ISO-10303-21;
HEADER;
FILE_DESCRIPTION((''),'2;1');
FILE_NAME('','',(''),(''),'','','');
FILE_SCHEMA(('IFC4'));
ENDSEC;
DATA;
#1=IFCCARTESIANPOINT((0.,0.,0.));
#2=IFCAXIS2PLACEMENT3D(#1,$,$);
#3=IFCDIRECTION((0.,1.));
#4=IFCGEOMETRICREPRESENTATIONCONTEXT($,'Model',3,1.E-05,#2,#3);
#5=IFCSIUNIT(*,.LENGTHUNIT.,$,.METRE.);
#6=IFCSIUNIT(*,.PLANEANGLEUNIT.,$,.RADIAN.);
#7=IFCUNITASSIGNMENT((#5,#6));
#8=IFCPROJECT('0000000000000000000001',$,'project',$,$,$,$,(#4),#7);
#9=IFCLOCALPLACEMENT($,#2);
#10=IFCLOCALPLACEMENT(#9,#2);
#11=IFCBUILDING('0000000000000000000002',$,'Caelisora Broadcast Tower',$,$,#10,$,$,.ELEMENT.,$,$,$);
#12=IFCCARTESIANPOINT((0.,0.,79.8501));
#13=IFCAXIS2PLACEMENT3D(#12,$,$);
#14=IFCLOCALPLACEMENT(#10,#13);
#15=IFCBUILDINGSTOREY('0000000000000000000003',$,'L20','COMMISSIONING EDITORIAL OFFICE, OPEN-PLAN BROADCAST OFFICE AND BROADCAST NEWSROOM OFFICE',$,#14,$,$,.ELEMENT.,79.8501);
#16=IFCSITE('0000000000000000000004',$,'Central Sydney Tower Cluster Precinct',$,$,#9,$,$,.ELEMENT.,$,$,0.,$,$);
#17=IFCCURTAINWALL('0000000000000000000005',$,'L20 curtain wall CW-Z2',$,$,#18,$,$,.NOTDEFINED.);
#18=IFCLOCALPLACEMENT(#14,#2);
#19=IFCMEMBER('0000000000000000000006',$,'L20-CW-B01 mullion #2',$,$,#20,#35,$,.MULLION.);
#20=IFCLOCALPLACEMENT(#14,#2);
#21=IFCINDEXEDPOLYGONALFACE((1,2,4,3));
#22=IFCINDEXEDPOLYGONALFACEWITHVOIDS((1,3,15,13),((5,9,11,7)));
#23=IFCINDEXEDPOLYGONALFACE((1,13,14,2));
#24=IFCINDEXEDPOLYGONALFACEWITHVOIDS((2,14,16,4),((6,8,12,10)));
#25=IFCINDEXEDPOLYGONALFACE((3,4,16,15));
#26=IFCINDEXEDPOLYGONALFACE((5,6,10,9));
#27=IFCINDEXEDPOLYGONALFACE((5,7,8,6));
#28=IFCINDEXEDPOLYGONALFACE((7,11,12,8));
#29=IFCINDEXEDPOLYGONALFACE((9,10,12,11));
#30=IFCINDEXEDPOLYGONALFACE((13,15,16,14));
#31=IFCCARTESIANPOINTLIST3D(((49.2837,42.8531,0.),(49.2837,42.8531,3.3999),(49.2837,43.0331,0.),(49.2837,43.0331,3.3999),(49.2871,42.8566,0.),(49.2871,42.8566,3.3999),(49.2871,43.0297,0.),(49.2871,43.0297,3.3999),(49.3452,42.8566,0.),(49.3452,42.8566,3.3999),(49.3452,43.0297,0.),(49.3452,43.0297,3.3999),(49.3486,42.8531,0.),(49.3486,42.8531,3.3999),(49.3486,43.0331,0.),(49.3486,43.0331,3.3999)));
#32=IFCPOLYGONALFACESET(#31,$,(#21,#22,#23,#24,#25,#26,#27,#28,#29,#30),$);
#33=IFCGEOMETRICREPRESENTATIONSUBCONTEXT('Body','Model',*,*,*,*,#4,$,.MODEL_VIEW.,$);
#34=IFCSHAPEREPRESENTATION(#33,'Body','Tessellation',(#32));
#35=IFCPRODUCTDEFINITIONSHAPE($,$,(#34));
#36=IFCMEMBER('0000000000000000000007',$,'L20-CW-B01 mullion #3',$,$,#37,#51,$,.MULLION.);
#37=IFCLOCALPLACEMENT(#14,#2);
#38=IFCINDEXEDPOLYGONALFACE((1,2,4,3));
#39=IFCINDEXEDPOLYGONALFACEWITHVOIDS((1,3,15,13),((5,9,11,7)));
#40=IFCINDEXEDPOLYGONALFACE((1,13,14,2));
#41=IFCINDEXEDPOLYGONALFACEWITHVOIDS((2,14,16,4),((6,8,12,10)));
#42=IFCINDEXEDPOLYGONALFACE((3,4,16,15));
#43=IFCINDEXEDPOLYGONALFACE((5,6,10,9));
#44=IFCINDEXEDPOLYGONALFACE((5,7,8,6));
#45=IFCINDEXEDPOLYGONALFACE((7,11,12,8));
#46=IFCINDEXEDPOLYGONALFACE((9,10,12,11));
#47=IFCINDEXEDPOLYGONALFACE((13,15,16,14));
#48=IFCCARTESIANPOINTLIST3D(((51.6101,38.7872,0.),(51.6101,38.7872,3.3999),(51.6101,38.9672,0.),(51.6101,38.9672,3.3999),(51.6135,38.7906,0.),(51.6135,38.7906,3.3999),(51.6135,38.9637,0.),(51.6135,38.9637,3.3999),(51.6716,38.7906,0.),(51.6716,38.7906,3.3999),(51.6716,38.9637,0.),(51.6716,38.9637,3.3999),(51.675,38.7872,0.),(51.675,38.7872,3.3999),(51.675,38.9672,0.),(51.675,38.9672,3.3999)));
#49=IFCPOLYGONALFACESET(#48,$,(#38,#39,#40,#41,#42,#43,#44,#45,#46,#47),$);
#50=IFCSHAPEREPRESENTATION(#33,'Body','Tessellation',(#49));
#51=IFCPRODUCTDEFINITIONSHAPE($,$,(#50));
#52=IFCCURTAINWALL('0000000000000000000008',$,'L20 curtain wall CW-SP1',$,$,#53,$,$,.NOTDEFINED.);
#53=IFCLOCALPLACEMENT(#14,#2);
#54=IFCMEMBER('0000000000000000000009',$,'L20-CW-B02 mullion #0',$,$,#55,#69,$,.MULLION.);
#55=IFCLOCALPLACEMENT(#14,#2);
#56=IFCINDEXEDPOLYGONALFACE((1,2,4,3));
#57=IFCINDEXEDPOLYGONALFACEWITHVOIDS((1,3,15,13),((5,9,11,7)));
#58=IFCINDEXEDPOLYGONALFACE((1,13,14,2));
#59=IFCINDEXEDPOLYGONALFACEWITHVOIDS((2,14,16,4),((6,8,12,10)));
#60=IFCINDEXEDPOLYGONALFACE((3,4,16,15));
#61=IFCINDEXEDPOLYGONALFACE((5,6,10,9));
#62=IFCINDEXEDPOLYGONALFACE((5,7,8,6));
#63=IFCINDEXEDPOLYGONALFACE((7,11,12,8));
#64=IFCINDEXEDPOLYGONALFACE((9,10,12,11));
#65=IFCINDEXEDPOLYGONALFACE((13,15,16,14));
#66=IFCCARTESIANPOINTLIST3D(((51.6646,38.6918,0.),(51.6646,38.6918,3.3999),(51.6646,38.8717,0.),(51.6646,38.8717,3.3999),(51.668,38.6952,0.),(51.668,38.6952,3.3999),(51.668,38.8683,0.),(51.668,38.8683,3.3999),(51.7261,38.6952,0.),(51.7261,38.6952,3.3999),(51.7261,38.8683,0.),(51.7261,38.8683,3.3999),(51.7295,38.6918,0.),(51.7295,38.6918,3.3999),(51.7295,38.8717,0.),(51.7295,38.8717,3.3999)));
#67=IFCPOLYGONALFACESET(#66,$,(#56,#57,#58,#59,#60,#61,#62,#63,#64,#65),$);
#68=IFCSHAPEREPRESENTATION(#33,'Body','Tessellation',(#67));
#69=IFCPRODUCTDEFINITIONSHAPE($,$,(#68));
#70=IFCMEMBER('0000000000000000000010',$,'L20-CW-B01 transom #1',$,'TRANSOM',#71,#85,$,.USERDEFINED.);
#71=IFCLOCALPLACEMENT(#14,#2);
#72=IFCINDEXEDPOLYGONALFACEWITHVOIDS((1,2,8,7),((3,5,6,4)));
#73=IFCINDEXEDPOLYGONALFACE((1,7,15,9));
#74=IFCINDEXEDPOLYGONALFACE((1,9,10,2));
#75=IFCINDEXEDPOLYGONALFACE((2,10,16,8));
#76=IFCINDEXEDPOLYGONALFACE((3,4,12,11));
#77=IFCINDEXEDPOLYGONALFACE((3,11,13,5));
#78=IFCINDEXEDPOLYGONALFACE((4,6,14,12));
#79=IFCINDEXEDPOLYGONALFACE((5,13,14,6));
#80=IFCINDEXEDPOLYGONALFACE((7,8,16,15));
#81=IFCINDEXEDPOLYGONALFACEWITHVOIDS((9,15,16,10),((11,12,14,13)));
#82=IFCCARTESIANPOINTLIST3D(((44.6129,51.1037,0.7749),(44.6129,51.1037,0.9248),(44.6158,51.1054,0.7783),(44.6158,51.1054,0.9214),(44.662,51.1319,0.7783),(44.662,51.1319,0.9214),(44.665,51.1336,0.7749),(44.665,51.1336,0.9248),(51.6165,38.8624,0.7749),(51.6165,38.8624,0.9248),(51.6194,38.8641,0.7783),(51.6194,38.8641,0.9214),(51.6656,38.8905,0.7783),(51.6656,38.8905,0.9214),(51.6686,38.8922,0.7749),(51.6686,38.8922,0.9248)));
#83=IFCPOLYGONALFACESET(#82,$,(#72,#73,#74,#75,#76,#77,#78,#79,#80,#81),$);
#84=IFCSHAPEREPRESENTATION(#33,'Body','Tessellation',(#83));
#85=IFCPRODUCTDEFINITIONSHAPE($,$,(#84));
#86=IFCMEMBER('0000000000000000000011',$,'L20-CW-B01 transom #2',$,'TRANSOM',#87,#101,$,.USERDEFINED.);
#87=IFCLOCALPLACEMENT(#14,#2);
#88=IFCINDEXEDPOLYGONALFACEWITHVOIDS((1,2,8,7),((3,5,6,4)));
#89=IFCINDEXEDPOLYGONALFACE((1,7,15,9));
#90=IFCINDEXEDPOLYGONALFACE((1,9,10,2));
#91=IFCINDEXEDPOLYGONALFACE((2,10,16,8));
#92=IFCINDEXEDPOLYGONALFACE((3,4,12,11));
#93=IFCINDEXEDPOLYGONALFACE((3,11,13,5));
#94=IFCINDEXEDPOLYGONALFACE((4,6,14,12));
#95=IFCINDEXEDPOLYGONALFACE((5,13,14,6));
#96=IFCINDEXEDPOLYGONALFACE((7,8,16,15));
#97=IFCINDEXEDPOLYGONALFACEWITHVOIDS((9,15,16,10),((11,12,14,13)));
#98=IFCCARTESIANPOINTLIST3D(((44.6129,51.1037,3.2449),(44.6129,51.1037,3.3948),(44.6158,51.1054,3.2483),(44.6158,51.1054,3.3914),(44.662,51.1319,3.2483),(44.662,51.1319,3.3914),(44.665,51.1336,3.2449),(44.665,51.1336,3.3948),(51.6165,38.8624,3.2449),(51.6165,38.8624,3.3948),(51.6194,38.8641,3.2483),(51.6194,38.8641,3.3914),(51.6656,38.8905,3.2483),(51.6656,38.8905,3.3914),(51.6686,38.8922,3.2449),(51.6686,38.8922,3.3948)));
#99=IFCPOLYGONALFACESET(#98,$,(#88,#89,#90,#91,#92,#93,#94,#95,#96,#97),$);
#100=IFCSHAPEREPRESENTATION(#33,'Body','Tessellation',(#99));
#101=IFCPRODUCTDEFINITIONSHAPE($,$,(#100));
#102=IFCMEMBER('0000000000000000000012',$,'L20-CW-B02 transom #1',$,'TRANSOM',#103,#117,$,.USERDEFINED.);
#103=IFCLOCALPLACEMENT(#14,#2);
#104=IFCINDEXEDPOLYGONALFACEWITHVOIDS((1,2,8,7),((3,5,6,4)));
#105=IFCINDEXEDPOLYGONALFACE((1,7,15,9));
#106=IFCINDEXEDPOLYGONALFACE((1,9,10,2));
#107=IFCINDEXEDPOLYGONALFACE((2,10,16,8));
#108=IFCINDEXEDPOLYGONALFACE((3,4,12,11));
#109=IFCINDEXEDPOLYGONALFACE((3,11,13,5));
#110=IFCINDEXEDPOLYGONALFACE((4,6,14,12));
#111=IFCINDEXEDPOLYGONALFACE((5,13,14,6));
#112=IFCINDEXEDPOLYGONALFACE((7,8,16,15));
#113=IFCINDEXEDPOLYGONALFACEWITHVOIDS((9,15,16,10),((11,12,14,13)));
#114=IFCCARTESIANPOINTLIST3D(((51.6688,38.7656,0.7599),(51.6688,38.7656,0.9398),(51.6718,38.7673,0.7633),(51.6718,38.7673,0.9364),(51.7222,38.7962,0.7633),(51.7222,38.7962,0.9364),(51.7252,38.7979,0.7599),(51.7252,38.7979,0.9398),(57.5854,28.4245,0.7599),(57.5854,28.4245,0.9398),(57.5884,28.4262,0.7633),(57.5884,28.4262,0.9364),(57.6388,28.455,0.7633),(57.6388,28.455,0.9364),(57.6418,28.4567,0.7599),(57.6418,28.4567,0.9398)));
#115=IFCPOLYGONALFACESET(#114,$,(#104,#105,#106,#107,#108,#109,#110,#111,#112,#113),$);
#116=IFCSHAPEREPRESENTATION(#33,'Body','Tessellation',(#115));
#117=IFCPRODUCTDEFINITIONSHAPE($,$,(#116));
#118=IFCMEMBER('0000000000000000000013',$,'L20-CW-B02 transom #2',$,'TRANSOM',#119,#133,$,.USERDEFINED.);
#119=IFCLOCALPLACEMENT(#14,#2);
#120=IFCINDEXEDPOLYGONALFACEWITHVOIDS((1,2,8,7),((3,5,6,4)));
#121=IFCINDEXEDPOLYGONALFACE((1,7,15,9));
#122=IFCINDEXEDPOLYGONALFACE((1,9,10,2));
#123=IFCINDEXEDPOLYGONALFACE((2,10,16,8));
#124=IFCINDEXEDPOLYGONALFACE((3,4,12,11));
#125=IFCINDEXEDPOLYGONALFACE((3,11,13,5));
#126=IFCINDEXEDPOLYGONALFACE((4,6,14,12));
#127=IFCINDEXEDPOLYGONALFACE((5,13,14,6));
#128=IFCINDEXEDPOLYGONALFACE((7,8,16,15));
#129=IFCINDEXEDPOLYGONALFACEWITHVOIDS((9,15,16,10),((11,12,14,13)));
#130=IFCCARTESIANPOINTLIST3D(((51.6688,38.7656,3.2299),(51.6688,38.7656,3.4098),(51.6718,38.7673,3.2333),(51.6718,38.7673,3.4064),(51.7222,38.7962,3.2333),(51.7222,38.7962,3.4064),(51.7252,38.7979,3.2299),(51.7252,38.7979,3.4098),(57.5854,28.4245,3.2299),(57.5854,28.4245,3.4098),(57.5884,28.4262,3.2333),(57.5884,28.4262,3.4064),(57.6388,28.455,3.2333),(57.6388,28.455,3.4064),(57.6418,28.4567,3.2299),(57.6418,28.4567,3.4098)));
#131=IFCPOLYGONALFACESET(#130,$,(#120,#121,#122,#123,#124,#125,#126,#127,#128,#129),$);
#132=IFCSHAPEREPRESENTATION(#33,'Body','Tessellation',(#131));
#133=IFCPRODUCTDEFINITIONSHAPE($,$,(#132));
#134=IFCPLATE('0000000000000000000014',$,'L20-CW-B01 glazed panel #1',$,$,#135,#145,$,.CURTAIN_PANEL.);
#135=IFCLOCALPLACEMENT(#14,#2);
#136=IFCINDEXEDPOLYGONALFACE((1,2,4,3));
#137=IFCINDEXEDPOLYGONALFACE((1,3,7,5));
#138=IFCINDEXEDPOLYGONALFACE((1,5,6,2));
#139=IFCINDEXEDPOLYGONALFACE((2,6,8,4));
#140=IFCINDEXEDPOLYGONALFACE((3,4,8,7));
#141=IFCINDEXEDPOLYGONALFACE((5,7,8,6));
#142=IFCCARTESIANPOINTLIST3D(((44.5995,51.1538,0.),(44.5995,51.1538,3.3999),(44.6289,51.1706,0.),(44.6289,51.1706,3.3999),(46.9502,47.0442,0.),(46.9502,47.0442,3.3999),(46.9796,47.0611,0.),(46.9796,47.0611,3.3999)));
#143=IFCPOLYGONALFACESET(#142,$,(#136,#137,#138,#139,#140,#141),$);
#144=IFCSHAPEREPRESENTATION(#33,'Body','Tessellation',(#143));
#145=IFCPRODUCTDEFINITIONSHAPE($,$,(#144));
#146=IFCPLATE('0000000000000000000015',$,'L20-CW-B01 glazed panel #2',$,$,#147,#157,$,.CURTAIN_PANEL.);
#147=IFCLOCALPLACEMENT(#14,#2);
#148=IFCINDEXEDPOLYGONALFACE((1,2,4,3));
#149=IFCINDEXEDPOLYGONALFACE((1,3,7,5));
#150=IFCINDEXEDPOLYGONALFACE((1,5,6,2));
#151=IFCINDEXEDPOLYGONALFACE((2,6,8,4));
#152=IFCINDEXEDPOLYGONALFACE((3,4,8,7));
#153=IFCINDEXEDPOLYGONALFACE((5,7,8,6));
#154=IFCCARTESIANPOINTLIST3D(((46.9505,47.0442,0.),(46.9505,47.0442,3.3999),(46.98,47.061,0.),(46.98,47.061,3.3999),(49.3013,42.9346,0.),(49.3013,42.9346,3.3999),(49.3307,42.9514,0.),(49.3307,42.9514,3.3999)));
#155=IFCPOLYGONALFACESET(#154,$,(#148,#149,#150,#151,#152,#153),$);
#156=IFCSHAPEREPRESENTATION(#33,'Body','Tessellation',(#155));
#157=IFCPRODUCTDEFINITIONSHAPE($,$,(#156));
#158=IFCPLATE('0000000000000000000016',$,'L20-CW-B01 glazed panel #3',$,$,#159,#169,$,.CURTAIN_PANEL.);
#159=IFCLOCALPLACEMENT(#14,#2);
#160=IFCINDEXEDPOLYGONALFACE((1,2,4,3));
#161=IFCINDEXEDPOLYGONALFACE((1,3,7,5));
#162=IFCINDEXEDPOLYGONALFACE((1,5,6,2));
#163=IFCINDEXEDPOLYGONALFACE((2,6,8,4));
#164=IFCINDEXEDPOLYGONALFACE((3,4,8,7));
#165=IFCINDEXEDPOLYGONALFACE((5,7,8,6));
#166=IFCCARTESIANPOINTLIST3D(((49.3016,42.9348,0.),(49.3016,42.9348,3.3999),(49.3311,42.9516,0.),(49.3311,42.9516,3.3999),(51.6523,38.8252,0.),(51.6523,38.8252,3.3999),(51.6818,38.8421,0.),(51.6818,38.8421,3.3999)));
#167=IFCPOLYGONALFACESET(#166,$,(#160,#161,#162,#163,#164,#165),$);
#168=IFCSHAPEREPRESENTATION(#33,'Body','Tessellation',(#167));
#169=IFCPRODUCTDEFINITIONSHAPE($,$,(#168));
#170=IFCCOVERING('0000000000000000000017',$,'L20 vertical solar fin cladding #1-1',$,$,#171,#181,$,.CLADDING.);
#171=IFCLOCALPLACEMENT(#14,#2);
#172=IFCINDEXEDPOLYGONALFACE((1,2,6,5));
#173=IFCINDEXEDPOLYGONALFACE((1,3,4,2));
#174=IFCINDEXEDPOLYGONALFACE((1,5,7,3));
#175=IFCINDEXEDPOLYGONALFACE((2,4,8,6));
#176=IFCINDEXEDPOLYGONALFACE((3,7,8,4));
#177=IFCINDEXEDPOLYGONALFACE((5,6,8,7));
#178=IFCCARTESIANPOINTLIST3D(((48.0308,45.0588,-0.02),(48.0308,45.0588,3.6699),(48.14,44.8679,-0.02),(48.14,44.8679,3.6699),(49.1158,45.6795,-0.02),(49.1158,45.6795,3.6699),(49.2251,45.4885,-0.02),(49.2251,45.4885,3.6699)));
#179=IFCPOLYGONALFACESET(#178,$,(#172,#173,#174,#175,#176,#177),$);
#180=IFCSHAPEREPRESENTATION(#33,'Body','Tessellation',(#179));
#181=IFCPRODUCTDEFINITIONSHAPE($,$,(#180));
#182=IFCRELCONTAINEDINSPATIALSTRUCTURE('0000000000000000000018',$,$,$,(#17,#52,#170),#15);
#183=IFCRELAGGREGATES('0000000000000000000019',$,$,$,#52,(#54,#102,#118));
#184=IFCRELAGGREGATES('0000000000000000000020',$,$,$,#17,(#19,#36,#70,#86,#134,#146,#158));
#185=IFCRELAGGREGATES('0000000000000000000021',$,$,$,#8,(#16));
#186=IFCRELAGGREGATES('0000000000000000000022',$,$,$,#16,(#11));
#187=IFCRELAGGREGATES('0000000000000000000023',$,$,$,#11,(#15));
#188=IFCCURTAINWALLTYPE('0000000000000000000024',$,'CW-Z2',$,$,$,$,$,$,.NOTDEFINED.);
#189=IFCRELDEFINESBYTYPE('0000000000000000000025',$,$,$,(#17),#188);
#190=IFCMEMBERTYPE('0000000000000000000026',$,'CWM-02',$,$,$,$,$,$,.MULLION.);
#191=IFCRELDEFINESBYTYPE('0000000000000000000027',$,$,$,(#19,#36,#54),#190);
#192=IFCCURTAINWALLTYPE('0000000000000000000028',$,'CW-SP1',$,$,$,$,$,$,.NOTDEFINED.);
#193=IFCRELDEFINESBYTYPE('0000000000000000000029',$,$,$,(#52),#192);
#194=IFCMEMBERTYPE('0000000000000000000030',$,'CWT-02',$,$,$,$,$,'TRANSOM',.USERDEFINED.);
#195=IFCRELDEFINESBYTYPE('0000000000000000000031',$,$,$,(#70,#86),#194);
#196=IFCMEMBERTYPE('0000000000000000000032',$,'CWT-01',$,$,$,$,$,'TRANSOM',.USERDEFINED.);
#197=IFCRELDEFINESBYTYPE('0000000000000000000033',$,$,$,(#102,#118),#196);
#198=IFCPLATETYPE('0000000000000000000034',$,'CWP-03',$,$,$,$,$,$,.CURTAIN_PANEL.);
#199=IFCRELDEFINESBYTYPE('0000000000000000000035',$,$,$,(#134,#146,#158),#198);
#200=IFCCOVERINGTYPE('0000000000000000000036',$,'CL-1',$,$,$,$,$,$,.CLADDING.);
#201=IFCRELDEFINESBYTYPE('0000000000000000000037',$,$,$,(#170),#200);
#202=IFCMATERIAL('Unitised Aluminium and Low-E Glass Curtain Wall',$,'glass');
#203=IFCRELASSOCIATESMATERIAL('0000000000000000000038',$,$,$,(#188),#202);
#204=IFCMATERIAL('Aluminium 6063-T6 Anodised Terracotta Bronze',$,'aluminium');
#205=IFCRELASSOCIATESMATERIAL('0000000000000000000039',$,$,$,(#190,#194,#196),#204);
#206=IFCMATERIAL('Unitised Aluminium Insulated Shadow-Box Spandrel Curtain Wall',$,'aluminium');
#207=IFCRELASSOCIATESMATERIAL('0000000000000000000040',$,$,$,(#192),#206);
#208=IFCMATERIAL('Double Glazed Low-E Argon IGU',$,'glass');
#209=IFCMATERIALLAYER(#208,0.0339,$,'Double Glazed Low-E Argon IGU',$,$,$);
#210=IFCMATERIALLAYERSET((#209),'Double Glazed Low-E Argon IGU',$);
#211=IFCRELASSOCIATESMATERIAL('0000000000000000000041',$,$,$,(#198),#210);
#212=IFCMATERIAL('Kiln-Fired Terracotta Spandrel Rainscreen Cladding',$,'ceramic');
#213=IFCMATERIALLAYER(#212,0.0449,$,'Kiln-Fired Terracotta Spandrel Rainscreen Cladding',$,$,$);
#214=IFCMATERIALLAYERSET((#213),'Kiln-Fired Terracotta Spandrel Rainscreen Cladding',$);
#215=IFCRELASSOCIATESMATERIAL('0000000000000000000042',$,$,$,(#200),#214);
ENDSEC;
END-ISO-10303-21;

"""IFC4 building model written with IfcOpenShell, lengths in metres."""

from ifc_helpers import new_model, si_unit, direction, frame, origin, origin_2d, place, context, subcontext, project, spatial, rectangle, hollow_rectangle, extrude, source, transform, mapped, material, layer, layer_set, material_profile, profile_set, type_object, type_shapes, element, aggregate, save


model = new_model("IFC4")

# Units and contexts
model_context = context("Model", 3, precision=1e-05, world=origin(), true_north=direction((0.0, 1.0)))
body_context = subcontext(model_context, "Body", "Model", "MODEL_VIEW")
ifc_project = project(units=[si_unit("LENGTHUNIT", "METRE"), si_unit("PLANEANGLEUNIT", "RADIAN")], contexts=[model_context])

# Site, building, storey
site_placement = place(None, origin())
site = spatial("IfcSite", under=ifc_project, at=site_placement, Name="Central Sydney Tower Cluster Precinct", CompositionType="ELEMENT", RefElevation=0.0)
building_placement = place(site_placement, origin())
building = spatial("IfcBuilding", under=site, at=building_placement, Name="Caelisora Broadcast Tower", CompositionType="ELEMENT")
storey_placement = place(building_placement, frame((0.0, 0.0, 79.8501)))
storey = spatial("IfcBuildingStorey", under=building, at=storey_placement, Name="L20", Description="COMMISSIONING EDITORIAL OFFICE, OPEN-PLAN BROADCAST OFFICE AND BROADCAST NEWSROOM OFFICE", CompositionType="ELEMENT", Elevation=79.8501)

# Curtain wall, members
ifc_material_1 = material(Name="Unitised Aluminium and Low-E Glass Curtain Wall", Category="glass")
curtain_wall_type_1 = type_object("IfcCurtainWallType", Name="CW-Z2", PredefinedType="NOTDEFINED", material=ifc_material_1)
curtain_wall_1_placement = place(storey_placement, origin())
curtain_wall_1 = element("IfcCurtainWall", 1, at=curtain_wall_1_placement, inside=storey, type_object=curtain_wall_type_1, Name="L20 curtain wall CW-Z2", PredefinedType="NOTDEFINED")
ifc_material_2 = material(Name="Aluminium 6063-T6 Anodised Terracotta Bronze", Category="aluminium")
ifc_material_profile_1 = material_profile(ifc_material_2, hollow_rectangle(XDim=0.0649, YDim=0.1799, WallThickness=0.0034, at=origin_2d()), Name="Aluminium 6063-T6 Anodised Terracotta Bronze")
ifc_profile_set_1 = profile_set([ifc_material_profile_1], Name="Aluminium 6063-T6 Anodised Terracotta Bronze")
member_type_1 = type_object("IfcMemberType", Name="CWM-02", PredefinedType="MULLION", material=ifc_profile_set_1)
shared_shape_1 = source(origin(), body_context, "Body", "SweptSolid", [
    extrude(hollow_rectangle(XDim=0.0649, YDim=0.1799, WallThickness=0.0034, at=origin_2d()), origin(), (0.0, 0.0, 1.0), 3.3999),
])
type_shapes(member_type_1, [shared_shape_1])
member_1_placement = place(storey_placement, frame((49.3162, 42.9431, 0.0), z_axis=(0.0, 0.0, 1.0), x_axis=(1.0, 0.0, 0.0)))
member_1 = element("IfcMember", 2, at=member_1_placement, type_object=member_type_1, Name="L20-CW-B01 mullion #2", PredefinedType="MULLION", context=body_context, shape_type="MappedRepresentation", body=[
    mapped(shared_shape_1, transform((0.0, 0.0, 0.0), scale=1.0)),
])
member_2_placement = place(storey_placement, frame((51.6426, 38.8772, 0.0), z_axis=(0.0, 0.0, 1.0), x_axis=(1.0, 0.0, 0.0)))
member_2 = element("IfcMember", 3, at=member_2_placement, type_object=member_type_1, Name="L20-CW-B01 mullion #3", PredefinedType="MULLION", context=body_context, shape_type="MappedRepresentation", body=[
    mapped(shared_shape_1, transform((0.0, 0.0, 0.0), scale=1.0)),
])

# Curtain wall, member
ifc_material_3 = material(Name="Unitised Aluminium Insulated Shadow-Box Spandrel Curtain Wall", Category="aluminium")
curtain_wall_type_2 = type_object("IfcCurtainWallType", Name="CW-SP1", PredefinedType="NOTDEFINED", material=ifc_material_3)
curtain_wall_2_placement = place(storey_placement, origin())
curtain_wall_2 = element("IfcCurtainWall", 4, at=curtain_wall_2_placement, inside=storey, type_object=curtain_wall_type_2, Name="L20 curtain wall CW-SP1", PredefinedType="NOTDEFINED")
member_3_placement = place(storey_placement, frame((51.697, 38.7817, 0.0), z_axis=(0.0, 0.0, 1.0), x_axis=(1.0, 0.0, 0.0)))
member_3 = element("IfcMember", 5, at=member_3_placement, type_object=member_type_1, Name="L20-CW-B02 mullion #0", PredefinedType="MULLION", context=body_context, shape_type="MappedRepresentation", body=[
    mapped(shared_shape_1, transform((0.0, 0.0, 0.0), scale=1.0)),
])

# Members
ifc_material_profile_2 = material_profile(ifc_material_2, hollow_rectangle(XDim=0.0601, YDim=0.1499, WallThickness=0.0034, at=origin_2d()), Name="Aluminium 6063-T6 Anodised Terracotta Bronze")
ifc_profile_set_2 = profile_set([ifc_material_profile_2], Name="Aluminium 6063-T6 Anodised Terracotta Bronze")
member_type_2 = type_object("IfcMemberType", Name="CWT-02", ElementType="TRANSOM", PredefinedType="USERDEFINED", material=ifc_profile_set_2)
shared_shape_2 = source(origin(), body_context, "Body", "SweptSolid", [
    extrude(hollow_rectangle(XDim=0.0601, YDim=0.1499, WallThickness=0.0034, at=origin_2d()), origin(), (0.0, 0.0, 1.0), 14.1033),
])
type_shapes(member_type_2, [shared_shape_2])
member_4_placement = place(storey_placement, frame((44.6389, 51.1187, 0.8499), z_axis=(0.496596, -0.867982, 0.0), x_axis=(0.867982, 0.496596, 0.0)))
member_4 = element("IfcMember", 6, at=member_4_placement, type_object=member_type_2, Name="L20-CW-B01 transom #1", ObjectType="TRANSOM", PredefinedType="USERDEFINED", context=body_context, shape_type="MappedRepresentation", body=[
    mapped(shared_shape_2, transform((0.0, 0.0, 0.0), scale=1.0)),
])
member_5_placement = place(storey_placement, frame((44.6389, 51.1187, 3.3198), z_axis=(0.496596, -0.867982, 0.0), x_axis=(0.867982, 0.496596, 0.0)))
member_5 = element("IfcMember", 7, at=member_5_placement, type_object=member_type_2, Name="L20-CW-B01 transom #2", ObjectType="TRANSOM", PredefinedType="USERDEFINED", context=body_context, shape_type="MappedRepresentation", body=[
    mapped(shared_shape_2, transform((0.0, 0.0, 0.0), scale=1.0)),
])
ifc_material_profile_3 = material_profile(ifc_material_2, hollow_rectangle(XDim=0.0649, YDim=0.1799, WallThickness=0.0034, at=origin_2d()), Name="Aluminium 6063-T6 Anodised Terracotta Bronze")
ifc_profile_set_3 = profile_set([ifc_material_profile_3], Name="Aluminium 6063-T6 Anodised Terracotta Bronze")
member_type_3 = type_object("IfcMemberType", Name="CWT-01", ElementType="TRANSOM", PredefinedType="USERDEFINED", material=ifc_profile_set_3)
shared_shape_3 = source(origin(), body_context, "Body", "SweptSolid", [
    extrude(hollow_rectangle(XDim=0.0649, YDim=0.1799, WallThickness=0.0034, at=origin_2d()), origin(), (0.0, 0.0, 1.0), 11.9141),
])
type_shapes(member_type_3, [shared_shape_3])
member_6_placement = place(storey_placement, frame((51.697, 38.7817, 0.8499), z_axis=(0.496602, -0.867978, 0.0), x_axis=(0.867978, 0.496602, 0.0)))
member_6 = element("IfcMember", 8, at=member_6_placement, type_object=member_type_3, Name="L20-CW-B02 transom #1", ObjectType="TRANSOM", PredefinedType="USERDEFINED", context=body_context, shape_type="MappedRepresentation", body=[
    mapped(shared_shape_3, transform((0.0, 0.0, 0.0), scale=1.0)),
])
member_7_placement = place(storey_placement, frame((51.697, 38.7817, 3.3198), z_axis=(0.496602, -0.867978, 0.0), x_axis=(0.867978, 0.496602, 0.0)))
member_7 = element("IfcMember", 9, at=member_7_placement, type_object=member_type_3, Name="L20-CW-B02 transom #2", ObjectType="TRANSOM", PredefinedType="USERDEFINED", context=body_context, shape_type="MappedRepresentation", body=[
    mapped(shared_shape_3, transform((0.0, 0.0, 0.0), scale=1.0)),
])
aggregate(curtain_wall_2, [member_3, member_6, member_7])

# Plates
ifc_material_4 = material(Name="Double Glazed Low-E Argon IGU", Category="glass")
ifc_layer_1 = layer(ifc_material_4, 0.0339, Name="Double Glazed Low-E Argon IGU")
ifc_layer_set_1 = layer_set([ifc_layer_1], Name="Double Glazed Low-E Argon IGU")
plate_type = type_object("IfcPlateType", Name="CWP-03", PredefinedType="CURTAIN_PANEL", material=ifc_layer_set_1)
shared_shape_4 = source(origin(), body_context, "Body", "SweptSolid", [
    extrude(rectangle(XDim=4.7344, YDim=0.0339, at=origin_2d()), origin(), (0.0, 0.0, 1.0), 3.3999),
])
type_shapes(plate_type, [shared_shape_4])
plate_1_placement = place(storey_placement, frame((45.7896, 49.1074, 0.0), z_axis=(0.0, 0.0, 1.0), x_axis=(0.49652, -0.868026, 0.0)))
plate_1 = element("IfcPlate", 10, at=plate_1_placement, type_object=plate_type, Name="L20-CW-B01 glazed panel #1", PredefinedType="CURTAIN_PANEL", context=body_context, shape_type="MappedRepresentation", body=[
    mapped(shared_shape_4, transform((0.0, 0.0, 0.0), scale=1.0)),
])
plate_2_placement = place(storey_placement, frame((48.1406, 44.9978, 0.0), z_axis=(0.0, 0.0, 1.0), x_axis=(0.49652, -0.868026, 0.0)))
plate_2 = element("IfcPlate", 11, at=plate_2_placement, type_object=plate_type, Name="L20-CW-B01 glazed panel #2", PredefinedType="CURTAIN_PANEL", context=body_context, shape_type="MappedRepresentation", body=[
    mapped(shared_shape_4, transform((0.0, 0.0, 0.0), scale=1.0)),
])
plate_3_placement = place(storey_placement, frame((50.4917, 40.8884, 0.0), z_axis=(0.0, 0.0, 1.0), x_axis=(0.49652, -0.868026, 0.0)))
plate_3 = element("IfcPlate", 12, at=plate_3_placement, type_object=plate_type, Name="L20-CW-B01 glazed panel #3", PredefinedType="CURTAIN_PANEL", context=body_context, shape_type="MappedRepresentation", body=[
    mapped(shared_shape_4, transform((0.0, 0.0, 0.0), scale=1.0)),
])
aggregate(curtain_wall_1, [member_1, member_2, member_4, member_5, plate_1, plate_2, plate_3])

# Covering
ifc_material_5 = material(Name="Kiln-Fired Terracotta Spandrel Rainscreen Cladding", Category="ceramic")
ifc_layer_2 = layer(ifc_material_5, 0.0449, Name="Kiln-Fired Terracotta Spandrel Rainscreen Cladding")
ifc_layer_set_2 = layer_set([ifc_layer_2], Name="Kiln-Fired Terracotta Spandrel Rainscreen Cladding")
covering_type = type_object("IfcCoveringType", Name="CL-1", PredefinedType="CLADDING", material=ifc_layer_set_2)
shared_shape_5 = source(origin(), body_context, "Body", "SweptSolid", [
    extrude(rectangle(XDim=0.22, YDim=1.25, at=origin_2d()), origin(), (0.0, 0.0, 1.0), 3.6899),
])
type_shapes(covering_type, [shared_shape_5])
for number, where, z_axis, x_axis, name in (
    (13, (48.6279, 45.2737, -0.02), (0.0, 0.0, 1.0), (0.49652, -0.868026, 0.0), "L20 vertical solar fin cladding #1-1"),
):
    element("IfcCovering", number, at=place(storey_placement, frame(where, z_axis=z_axis, x_axis=x_axis)), inside=storey, type_object=covering_type, Name=name, PredefinedType="CLADDING", context=body_context, shape_type="MappedRepresentation", body=[
        mapped(shared_shape_5, transform((0.0, 0.0, 0.0), scale=1.0)),
    ])

save(model, "model.ifc")
